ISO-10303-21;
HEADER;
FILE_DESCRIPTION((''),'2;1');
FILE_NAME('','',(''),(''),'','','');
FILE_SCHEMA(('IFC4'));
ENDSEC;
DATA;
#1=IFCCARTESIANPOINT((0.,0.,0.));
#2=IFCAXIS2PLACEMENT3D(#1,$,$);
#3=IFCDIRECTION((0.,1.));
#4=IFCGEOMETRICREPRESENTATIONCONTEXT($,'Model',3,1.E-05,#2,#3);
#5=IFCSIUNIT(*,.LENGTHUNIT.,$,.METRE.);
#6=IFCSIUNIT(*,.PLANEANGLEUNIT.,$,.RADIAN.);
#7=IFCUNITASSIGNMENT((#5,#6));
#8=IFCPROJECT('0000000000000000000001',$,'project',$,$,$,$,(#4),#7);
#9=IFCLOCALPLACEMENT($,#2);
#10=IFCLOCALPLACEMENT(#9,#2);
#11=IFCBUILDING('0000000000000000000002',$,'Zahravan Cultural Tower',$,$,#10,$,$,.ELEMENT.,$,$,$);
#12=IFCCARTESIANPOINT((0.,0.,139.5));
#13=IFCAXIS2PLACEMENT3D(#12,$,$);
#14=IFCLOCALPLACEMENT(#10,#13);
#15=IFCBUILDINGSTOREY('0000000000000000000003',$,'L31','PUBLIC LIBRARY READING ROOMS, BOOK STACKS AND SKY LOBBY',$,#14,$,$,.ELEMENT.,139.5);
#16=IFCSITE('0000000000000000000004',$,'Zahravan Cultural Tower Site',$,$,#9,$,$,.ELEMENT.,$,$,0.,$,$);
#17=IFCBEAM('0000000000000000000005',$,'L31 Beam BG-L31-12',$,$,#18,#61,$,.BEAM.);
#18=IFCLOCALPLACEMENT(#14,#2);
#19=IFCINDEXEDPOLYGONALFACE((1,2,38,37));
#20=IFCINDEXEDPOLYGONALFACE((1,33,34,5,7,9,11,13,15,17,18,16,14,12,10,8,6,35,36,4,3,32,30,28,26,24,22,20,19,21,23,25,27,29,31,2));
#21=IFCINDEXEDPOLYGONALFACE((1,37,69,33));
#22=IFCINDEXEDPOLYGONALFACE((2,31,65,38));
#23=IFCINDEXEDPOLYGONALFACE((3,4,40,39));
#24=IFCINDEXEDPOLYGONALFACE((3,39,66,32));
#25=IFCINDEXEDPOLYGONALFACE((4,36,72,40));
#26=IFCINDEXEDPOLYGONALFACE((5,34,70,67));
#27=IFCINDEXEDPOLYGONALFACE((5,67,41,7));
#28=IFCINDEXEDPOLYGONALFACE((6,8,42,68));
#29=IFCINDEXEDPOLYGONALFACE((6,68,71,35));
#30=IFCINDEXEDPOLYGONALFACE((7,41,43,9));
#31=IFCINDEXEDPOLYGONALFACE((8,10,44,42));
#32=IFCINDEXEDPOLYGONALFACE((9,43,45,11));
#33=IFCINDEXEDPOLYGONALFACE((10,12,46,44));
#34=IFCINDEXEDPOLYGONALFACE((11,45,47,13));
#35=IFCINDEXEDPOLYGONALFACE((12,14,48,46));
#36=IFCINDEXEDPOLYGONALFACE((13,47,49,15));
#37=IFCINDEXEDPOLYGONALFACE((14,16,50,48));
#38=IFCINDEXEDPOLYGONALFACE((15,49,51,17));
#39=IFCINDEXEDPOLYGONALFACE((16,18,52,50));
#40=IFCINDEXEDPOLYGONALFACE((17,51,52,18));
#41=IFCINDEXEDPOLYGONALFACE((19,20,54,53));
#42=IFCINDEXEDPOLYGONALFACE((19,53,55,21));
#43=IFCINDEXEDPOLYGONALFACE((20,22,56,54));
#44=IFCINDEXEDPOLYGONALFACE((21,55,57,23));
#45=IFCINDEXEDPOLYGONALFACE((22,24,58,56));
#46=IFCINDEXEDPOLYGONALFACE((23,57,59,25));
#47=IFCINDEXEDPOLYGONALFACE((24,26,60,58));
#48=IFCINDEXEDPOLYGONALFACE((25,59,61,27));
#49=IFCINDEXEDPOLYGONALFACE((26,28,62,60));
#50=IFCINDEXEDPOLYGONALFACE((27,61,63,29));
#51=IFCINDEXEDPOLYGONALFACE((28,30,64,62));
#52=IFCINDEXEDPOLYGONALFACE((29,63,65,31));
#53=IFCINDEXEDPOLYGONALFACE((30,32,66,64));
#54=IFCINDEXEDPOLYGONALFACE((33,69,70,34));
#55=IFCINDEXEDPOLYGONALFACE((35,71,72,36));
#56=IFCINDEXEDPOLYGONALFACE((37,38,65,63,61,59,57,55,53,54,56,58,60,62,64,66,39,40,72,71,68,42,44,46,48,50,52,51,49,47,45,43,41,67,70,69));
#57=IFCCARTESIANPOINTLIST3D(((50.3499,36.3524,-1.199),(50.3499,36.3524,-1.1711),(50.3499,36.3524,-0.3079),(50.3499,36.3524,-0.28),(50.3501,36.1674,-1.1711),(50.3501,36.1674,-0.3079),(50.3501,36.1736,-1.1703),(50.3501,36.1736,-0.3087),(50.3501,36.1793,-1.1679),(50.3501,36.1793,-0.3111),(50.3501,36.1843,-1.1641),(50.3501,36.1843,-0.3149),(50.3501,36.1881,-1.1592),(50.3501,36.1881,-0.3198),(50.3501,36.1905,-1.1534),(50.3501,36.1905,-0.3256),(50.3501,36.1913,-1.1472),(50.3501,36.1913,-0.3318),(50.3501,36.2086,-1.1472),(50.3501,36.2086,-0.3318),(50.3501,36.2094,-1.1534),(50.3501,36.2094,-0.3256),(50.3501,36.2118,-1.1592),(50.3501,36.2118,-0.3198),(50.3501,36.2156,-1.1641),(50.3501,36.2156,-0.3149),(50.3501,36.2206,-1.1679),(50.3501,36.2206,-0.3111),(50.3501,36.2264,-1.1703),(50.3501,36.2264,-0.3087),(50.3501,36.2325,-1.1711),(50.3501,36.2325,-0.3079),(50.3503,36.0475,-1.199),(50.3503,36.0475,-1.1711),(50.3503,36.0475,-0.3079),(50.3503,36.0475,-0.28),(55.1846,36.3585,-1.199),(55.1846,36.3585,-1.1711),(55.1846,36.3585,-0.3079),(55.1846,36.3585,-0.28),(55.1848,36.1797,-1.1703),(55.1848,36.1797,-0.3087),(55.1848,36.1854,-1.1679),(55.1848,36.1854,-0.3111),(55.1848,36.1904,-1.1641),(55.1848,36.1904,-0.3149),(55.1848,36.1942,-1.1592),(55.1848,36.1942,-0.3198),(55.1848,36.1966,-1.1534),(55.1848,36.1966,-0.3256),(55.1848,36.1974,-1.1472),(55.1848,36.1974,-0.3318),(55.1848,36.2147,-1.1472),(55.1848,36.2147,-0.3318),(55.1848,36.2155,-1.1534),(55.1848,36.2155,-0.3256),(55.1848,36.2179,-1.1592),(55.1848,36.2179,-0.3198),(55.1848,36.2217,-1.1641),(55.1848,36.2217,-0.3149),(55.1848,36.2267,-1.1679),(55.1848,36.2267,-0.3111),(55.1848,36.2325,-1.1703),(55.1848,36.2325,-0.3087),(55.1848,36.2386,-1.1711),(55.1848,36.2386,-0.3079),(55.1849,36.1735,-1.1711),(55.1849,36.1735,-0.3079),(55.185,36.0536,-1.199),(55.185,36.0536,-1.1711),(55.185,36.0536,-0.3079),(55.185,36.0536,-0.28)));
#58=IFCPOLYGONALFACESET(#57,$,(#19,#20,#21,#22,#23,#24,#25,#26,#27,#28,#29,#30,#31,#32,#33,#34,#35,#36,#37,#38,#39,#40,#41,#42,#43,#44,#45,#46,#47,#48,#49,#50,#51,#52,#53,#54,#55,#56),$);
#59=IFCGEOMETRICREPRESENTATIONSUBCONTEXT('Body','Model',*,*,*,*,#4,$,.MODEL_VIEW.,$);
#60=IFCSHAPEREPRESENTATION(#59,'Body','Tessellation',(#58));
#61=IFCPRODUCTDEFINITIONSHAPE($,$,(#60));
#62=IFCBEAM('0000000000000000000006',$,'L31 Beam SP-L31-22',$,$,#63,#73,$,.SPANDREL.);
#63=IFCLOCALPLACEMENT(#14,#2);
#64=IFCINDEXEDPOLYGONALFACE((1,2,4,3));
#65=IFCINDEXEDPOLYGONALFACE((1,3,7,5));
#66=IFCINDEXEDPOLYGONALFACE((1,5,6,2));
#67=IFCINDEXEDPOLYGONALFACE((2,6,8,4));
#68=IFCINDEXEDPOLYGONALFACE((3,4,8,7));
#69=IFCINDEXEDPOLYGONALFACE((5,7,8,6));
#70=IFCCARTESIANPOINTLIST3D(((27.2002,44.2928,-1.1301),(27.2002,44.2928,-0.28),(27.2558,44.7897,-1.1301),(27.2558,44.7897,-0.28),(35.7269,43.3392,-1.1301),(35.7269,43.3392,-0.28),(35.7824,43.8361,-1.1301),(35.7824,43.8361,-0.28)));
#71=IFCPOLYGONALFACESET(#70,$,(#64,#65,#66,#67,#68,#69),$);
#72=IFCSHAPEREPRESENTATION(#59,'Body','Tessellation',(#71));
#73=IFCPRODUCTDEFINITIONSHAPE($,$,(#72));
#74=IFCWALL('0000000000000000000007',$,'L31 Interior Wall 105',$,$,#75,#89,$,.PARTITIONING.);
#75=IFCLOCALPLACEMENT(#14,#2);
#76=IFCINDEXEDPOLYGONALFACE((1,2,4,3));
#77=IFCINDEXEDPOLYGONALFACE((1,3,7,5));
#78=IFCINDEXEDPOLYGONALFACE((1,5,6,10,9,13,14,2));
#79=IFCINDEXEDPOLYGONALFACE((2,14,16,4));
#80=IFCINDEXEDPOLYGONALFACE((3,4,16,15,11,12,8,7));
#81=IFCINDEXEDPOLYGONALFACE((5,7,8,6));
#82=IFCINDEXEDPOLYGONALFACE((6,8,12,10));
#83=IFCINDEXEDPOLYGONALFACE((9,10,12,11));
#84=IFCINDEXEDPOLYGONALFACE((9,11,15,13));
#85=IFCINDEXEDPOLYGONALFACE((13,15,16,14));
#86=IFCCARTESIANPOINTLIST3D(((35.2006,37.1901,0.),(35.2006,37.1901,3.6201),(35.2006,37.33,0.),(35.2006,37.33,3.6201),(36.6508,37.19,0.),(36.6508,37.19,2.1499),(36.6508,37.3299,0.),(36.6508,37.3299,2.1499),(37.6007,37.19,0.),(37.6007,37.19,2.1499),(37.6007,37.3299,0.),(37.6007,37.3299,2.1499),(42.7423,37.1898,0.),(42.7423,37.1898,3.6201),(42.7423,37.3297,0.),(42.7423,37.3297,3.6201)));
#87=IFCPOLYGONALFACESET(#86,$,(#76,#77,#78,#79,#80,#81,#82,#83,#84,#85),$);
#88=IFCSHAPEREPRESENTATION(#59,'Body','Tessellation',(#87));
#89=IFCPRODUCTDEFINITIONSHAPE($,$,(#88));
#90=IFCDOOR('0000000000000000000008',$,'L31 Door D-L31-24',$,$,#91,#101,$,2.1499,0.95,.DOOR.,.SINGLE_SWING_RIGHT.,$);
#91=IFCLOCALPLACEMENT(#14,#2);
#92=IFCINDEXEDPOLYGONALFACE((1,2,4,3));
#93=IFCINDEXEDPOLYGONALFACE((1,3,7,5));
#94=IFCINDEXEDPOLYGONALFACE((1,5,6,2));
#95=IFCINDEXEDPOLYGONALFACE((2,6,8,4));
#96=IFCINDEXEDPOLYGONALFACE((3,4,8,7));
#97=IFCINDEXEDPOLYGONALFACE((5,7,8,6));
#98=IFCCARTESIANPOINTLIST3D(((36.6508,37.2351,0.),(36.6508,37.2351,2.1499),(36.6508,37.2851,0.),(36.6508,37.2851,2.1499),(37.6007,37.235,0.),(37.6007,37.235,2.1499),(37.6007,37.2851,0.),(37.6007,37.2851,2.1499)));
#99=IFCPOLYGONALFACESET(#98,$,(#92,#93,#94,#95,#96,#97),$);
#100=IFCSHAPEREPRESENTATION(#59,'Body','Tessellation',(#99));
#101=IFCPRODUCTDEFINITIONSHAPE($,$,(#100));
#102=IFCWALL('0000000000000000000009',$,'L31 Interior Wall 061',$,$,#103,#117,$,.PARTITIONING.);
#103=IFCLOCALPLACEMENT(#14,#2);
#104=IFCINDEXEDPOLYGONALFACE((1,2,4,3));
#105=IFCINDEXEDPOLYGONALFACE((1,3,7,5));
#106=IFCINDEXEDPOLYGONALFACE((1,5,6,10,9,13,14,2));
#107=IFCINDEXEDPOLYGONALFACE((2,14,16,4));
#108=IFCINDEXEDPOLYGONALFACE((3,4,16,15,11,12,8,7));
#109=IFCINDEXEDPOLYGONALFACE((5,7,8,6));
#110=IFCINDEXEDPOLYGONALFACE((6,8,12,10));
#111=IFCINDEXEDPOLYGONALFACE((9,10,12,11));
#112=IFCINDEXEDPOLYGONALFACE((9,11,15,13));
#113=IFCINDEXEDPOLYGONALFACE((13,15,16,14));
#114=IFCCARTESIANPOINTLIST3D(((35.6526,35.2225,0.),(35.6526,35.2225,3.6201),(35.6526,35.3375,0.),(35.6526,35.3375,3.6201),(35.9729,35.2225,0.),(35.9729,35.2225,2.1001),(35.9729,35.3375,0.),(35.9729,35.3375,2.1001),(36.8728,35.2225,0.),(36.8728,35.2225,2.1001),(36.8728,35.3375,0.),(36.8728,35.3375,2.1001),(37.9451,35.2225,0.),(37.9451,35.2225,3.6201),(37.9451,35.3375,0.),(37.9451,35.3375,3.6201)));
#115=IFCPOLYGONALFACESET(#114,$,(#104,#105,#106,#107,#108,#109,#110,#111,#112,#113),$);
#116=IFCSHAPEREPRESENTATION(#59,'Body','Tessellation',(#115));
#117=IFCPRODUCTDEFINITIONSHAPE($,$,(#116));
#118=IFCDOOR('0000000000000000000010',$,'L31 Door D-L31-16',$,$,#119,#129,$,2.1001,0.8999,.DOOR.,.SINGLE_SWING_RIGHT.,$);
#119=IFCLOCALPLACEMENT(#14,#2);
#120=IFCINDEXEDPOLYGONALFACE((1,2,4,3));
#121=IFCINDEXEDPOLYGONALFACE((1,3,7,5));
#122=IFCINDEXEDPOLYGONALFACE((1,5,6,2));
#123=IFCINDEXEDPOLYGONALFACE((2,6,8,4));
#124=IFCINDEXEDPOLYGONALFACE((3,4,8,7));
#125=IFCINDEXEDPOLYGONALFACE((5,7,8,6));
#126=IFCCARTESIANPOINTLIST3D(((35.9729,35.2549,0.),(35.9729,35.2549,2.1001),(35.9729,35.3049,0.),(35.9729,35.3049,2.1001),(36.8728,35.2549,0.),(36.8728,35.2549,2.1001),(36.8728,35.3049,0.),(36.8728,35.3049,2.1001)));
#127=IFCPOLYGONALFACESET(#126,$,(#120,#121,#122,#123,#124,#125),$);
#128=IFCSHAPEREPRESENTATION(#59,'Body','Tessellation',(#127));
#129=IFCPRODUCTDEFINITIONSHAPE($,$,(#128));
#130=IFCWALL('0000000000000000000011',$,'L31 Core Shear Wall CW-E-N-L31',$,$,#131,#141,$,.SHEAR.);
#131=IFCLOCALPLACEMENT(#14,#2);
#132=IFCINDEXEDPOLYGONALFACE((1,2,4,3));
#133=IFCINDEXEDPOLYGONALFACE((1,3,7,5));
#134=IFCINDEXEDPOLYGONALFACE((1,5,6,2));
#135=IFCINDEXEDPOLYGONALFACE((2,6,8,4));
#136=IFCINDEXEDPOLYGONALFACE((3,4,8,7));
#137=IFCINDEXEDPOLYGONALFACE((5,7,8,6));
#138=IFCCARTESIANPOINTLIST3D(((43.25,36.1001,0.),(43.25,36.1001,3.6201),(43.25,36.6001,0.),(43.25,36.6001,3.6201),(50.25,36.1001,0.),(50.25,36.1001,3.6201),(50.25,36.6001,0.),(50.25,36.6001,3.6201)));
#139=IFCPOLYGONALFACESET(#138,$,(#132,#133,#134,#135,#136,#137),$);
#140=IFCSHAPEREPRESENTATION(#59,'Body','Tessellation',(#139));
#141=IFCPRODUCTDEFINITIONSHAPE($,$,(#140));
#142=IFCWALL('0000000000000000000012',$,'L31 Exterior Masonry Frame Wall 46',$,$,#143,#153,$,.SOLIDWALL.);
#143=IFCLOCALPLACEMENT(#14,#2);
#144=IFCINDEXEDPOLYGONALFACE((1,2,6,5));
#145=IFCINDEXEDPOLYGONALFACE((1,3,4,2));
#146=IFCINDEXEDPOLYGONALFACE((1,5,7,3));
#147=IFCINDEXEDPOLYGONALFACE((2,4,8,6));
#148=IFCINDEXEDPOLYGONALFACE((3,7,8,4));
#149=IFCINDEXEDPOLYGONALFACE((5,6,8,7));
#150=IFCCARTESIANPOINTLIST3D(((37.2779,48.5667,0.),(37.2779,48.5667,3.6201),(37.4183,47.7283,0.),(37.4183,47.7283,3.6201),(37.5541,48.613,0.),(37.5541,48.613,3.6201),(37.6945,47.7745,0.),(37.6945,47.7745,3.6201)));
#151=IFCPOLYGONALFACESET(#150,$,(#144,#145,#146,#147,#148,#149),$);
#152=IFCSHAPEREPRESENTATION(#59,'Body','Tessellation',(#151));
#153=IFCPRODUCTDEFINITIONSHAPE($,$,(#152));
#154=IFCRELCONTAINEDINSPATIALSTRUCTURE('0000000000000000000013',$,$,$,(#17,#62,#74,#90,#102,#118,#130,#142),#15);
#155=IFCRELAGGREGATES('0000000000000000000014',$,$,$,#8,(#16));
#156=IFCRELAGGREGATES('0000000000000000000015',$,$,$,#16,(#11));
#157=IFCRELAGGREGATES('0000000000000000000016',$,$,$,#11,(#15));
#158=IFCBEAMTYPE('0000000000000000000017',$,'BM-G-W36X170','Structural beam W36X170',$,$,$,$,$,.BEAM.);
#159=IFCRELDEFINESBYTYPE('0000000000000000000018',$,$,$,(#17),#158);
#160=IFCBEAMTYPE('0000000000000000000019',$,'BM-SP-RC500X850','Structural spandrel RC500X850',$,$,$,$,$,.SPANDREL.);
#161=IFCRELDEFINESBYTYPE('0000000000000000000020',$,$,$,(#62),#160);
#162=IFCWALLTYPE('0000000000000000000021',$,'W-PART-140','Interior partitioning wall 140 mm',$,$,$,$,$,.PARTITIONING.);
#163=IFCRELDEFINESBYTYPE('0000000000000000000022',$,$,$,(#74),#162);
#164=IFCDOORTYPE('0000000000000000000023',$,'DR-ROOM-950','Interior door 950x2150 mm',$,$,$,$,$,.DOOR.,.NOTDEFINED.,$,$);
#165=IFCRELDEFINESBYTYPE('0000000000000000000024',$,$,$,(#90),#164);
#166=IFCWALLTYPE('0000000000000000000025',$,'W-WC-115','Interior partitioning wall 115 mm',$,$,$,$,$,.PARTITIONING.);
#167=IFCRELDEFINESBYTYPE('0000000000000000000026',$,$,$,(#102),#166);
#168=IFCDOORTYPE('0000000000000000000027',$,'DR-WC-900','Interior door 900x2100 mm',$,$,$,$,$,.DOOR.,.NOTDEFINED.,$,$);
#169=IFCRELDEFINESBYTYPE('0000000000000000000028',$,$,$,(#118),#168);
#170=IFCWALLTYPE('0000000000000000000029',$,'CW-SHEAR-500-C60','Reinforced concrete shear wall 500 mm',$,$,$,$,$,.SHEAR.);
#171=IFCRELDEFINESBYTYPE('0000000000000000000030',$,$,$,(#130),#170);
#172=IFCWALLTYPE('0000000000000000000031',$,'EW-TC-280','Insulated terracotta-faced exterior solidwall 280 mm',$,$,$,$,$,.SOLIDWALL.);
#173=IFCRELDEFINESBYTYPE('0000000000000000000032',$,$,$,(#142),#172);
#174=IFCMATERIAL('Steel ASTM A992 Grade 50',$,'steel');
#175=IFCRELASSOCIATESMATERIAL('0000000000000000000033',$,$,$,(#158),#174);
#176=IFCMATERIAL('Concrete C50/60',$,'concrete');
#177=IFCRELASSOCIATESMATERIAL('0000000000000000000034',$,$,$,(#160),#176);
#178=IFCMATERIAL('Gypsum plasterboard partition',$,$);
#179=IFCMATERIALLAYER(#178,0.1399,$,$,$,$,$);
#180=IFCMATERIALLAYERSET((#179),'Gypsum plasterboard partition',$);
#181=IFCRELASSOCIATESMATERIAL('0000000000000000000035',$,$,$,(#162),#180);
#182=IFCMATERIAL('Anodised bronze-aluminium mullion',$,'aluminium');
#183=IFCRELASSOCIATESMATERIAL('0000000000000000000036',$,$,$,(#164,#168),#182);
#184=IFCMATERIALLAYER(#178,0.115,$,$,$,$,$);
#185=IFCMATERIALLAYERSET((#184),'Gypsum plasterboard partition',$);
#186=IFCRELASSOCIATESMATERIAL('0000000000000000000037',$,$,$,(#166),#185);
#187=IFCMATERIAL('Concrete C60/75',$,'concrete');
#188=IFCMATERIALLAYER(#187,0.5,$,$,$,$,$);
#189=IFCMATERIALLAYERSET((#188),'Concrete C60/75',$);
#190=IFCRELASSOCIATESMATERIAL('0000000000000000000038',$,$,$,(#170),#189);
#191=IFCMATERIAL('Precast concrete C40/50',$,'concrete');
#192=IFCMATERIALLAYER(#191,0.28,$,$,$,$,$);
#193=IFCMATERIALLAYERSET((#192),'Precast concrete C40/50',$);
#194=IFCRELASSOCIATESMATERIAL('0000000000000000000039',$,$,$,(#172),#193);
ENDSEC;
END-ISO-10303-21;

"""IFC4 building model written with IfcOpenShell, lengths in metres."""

from ifc_helpers import new_model, si_unit, direction, frame, frame_2d, origin, origin_2d, place, context, subcontext, project, spatial, rectangle, i_section, extrude, source, transform, mapped, material, layer, layer_set, material_profile, profile_set, type_object, element, fill, save


model = new_model("IFC4")

# Units and contexts
model_context = context("Model", 3, precision=1e-05, world=origin(), true_north=direction((0.0, 1.0)))
body_context = subcontext(model_context, "Body", "Model", "MODEL_VIEW")
ifc_project = project(units=[si_unit("LENGTHUNIT", "METRE"), si_unit("PLANEANGLEUNIT", "RADIAN")], contexts=[model_context])

# Site, building, storey
site_placement = place(None, origin())
site = spatial("IfcSite", under=ifc_project, at=site_placement, Name="Zahravan Cultural Tower Site", CompositionType="ELEMENT", RefElevation=0.0)
building_placement = place(site_placement, origin())
building = spatial("IfcBuilding", under=site, at=building_placement, Name="Zahravan Cultural Tower", CompositionType="ELEMENT")
storey_placement = place(building_placement, frame((0.0, 0.0, 139.5)))
storey = spatial("IfcBuildingStorey", under=building, at=storey_placement, Name="L31", Description="PUBLIC LIBRARY READING ROOMS, BOOK STACKS AND SKY LOBBY", CompositionType="ELEMENT", Elevation=139.5)

# Shared definitions
ifc_material_1 = material(Name="Concrete C50/60", Category="concrete")
ifc_material_2 = material(Name="Steel ASTM A992 Grade 50", Category="steel")

# Beams
ifc_material_profile_1 = material_profile(ifc_material_2, i_section(OverallWidth=0.3049, OverallDepth=0.9189, WebThickness=0.0173, FlangeThickness=0.0278, FilletRadius=0.0239, at=origin_2d()), Name="W36X170")
ifc_profile_set_1 = profile_set([ifc_material_profile_1], Name="Steel ASTM A992 Grade 50")
beam_type_1 = type_object("IfcBeamType", Name="BM-G-W36X170", Description="Structural beam W36X170", PredefinedType="BEAM", material=ifc_profile_set_1)
shared_shape_1 = source(origin(), body_context, "Body", "SweptSolid", [
    extrude(i_section(OverallWidth=0.3049, OverallDepth=0.9189, WebThickness=0.0173, FlangeThickness=0.0278, FilletRadius=0.0239, at=origin_2d()), origin(), (0.0, 0.0, 1.0), 4.8347),
])
beam_1_placement = place(storey_placement, frame((50.3501, 36.2, -0.7395), z_axis=(0.999999, 0.001262, 0.0), x_axis=(-0.001262, 0.999999, 0.0)))
element("IfcBeam", 1, at=beam_1_placement, inside=storey, type_object=beam_type_1, Name="L31 Beam BG-L31-12", PredefinedType="BEAM", context=body_context, shape_type="MappedRepresentation", body=[
    mapped(shared_shape_1, transform((0.0, 0.0, 0.0), x_axis=(1.0, 0.0, 0.0), y_axis=(0.0, 1.0, 0.0), z_axis=(0.0, 0.0, 1.0), scale=1.0)),
])
ifc_material_profile_2 = material_profile(ifc_material_1, rectangle(XDim=0.5, YDim=0.8501, at=origin_2d()), Name="RC500X850")
ifc_profile_set_2 = profile_set([ifc_material_profile_2], Name="Concrete C50/60")
beam_type_2 = type_object("IfcBeamType", Name="BM-SP-RC500X850", Description="Structural spandrel RC500X850", PredefinedType="SPANDREL", material=ifc_profile_set_2)
shared_shape_2 = source(origin(), body_context, "Body", "SweptSolid", [
    extrude(rectangle(XDim=0.5, YDim=0.8501, at=origin_2d()), origin(), (0.0, 0.0, 1.0), 8.5798),
])
beam_2_placement = place(storey_placement, frame((35.7546, 43.5876, -0.7051), z_axis=(-0.993804, 0.111147, 0.0), x_axis=(-0.111147, -0.993804, 0.0)))
element("IfcBeam", 2, at=beam_2_placement, inside=storey, type_object=beam_type_2, Name="L31 Beam SP-L31-22", PredefinedType="SPANDREL", context=body_context, shape_type="MappedRepresentation", body=[
    mapped(shared_shape_2, transform((0.0, 0.0, 0.0), x_axis=(1.0, 0.0, 0.0), y_axis=(0.0, 1.0, 0.0), z_axis=(0.0, 0.0, 1.0), scale=1.0)),
])

# Walls, openings, doors
ifc_material_3 = material(Name="Gypsum plasterboard partition")
ifc_layer_1 = layer(ifc_material_3, 0.1399)
ifc_layer_set_1 = layer_set([ifc_layer_1], Name="Gypsum plasterboard partition")
wall_type_1 = type_object("IfcWallType", Name="W-PART-140", Description="Interior partitioning wall 140 mm", PredefinedType="PARTITIONING", material=ifc_layer_set_1)
wall_1_placement = place(storey_placement, frame((42.7424, 37.2598, 0.0), z_axis=(0.0, 0.0, 1.0), x_axis=(-1.0, 0.000032, 0.0)))
wall_1 = element("IfcWall", 3, at=wall_1_placement, inside=storey, type_object=wall_type_1, Name="L31 Interior Wall 105", PredefinedType="PARTITIONING", context=body_context, shape_type="SweptSolid", body=[
    extrude(rectangle(XDim=7.5417, YDim=0.1399, at=frame_2d((3.771, 0.0))), origin(), (0.0, 0.0, 1.0), 3.6201),
])
opening_1_placement = place(wall_1_placement, frame((5.1416, 0.0, 0.0)))
opening_1 = element("IfcOpeningElement", 4, at=opening_1_placement, cuts=wall_1, PredefinedType="OPENING", context=body_context, shape_type="SweptSolid", body=[
    extrude(rectangle(XDim=0.95, YDim=2.1499, at=frame_2d((0.4751, 1.075))), frame((0.0, 0.0798, 0.0), z_axis=(0.0, -1.0, 0.0), x_axis=(1.0, 0.0, 0.0)), (0.0, 0.0, 1.0), 0.1599),
])
ifc_material_4 = material(Name="Anodised bronze-aluminium mullion", Category="aluminium")
door_type_1 = type_object("IfcDoorType", Name="DR-ROOM-950", Description="Interior door 950x2150 mm", OperationType="NOTDEFINED", PredefinedType="DOOR", material=ifc_material_4)
shared_shape_3 = source(origin(), body_context, "Body", "SweptSolid", [
    extrude(rectangle(XDim=0.95, YDim=2.1499, at=frame_2d((0.4751, 1.075))), frame((0.0, 0.0249, 0.0), z_axis=(0.0, -1.0, 0.0), x_axis=(1.0, 0.0, 0.0)), (0.0, 0.0, 1.0), 0.05),
])
door_1_placement = place(opening_1_placement, origin())
door_1 = element("IfcDoor", 5, at=door_1_placement, inside=storey, type_object=door_type_1, Name="L31 Door D-L31-24", OperationType="SINGLE_SWING_RIGHT", OverallHeight=2.1499, OverallWidth=0.95, PredefinedType="DOOR", context=body_context, shape_type="MappedRepresentation", body=[
    mapped(shared_shape_3, transform((0.0, 0.0, 0.0), x_axis=(1.0, 0.0, 0.0), y_axis=(0.0, 1.0, 0.0), z_axis=(0.0, 0.0, 1.0), scale=1.0)),
])
fill(opening_1, door_1)
ifc_layer_2 = layer(ifc_material_3, 0.115)
ifc_layer_set_2 = layer_set([ifc_layer_2], Name="Gypsum plasterboard partition")
wall_type_2 = type_object("IfcWallType", Name="W-WC-115", Description="Interior partitioning wall 115 mm", PredefinedType="PARTITIONING", material=ifc_layer_set_2)
wall_2_placement = place(storey_placement, frame((35.6526, 35.28, 0.0), z_axis=(0.0, 0.0, 1.0), x_axis=(1.0, 0.0, 0.0)))
wall_2 = element("IfcWall", 6, at=wall_2_placement, inside=storey, type_object=wall_type_2, Name="L31 Interior Wall 061", PredefinedType="PARTITIONING", context=body_context, shape_type="SweptSolid", body=[
    extrude(rectangle(XDim=2.2925, YDim=0.115, at=frame_2d((1.1462, 0.0))), origin(), (0.0, 0.0, 1.0), 3.6201),
])
opening_2_placement = place(wall_2_placement, frame((0.3203, 0.0, 0.0)))
opening_2 = element("IfcOpeningElement", 7, at=opening_2_placement, cuts=wall_2, PredefinedType="OPENING", context=body_context, shape_type="SweptSolid", body=[
    extrude(rectangle(XDim=0.8999, YDim=2.1001, at=frame_2d((0.45, 1.05))), frame((0.0, 0.0674, 0.0), z_axis=(0.0, -1.0, 0.0), x_axis=(1.0, 0.0, 0.0)), (0.0, 0.0, 1.0), 0.135),
])
door_type_2 = type_object("IfcDoorType", Name="DR-WC-900", Description="Interior door 900x2100 mm", OperationType="NOTDEFINED", PredefinedType="DOOR", material=ifc_material_4)
shared_shape_4 = source(origin(), body_context, "Body", "SweptSolid", [
    extrude(rectangle(XDim=0.8999, YDim=2.1001, at=frame_2d((0.45, 1.05))), frame((0.0, 0.0249, 0.0), z_axis=(0.0, -1.0, 0.0), x_axis=(1.0, 0.0, 0.0)), (0.0, 0.0, 1.0), 0.05),
])
door_2_placement = place(opening_2_placement, origin())
door_2 = element("IfcDoor", 8, at=door_2_placement, inside=storey, type_object=door_type_2, Name="L31 Door D-L31-16", OperationType="SINGLE_SWING_RIGHT", OverallHeight=2.1001, OverallWidth=0.8999, PredefinedType="DOOR", context=body_context, shape_type="MappedRepresentation", body=[
    mapped(shared_shape_4, transform((0.0, 0.0, 0.0), x_axis=(1.0, 0.0, 0.0), y_axis=(0.0, 1.0, 0.0), z_axis=(0.0, 0.0, 1.0), scale=1.0)),
])
fill(opening_2, door_2)

# Walls
ifc_material_5 = material(Name="Concrete C60/75", Category="concrete")
ifc_layer_3 = layer(ifc_material_5, 0.5)
ifc_layer_set_3 = layer_set([ifc_layer_3], Name="Concrete C60/75")
wall_type_3 = type_object("IfcWallType", Name="CW-SHEAR-500-C60", Description="Reinforced concrete shear wall 500 mm", PredefinedType="SHEAR", material=ifc_layer_set_3)
shared_shape_5 = source(origin(), body_context, "Body", "SweptSolid", [
    extrude(rectangle(XDim=7.0, YDim=0.5, at=frame_2d((3.5, 0.0))), origin(), (0.0, 0.0, 1.0), 3.6201),
])
wall_3_placement = place(storey_placement, frame((43.25, 36.3501, 0.0), z_axis=(0.0, 0.0, 1.0), x_axis=(1.0, 0.0, 0.0)))
element("IfcWall", 9, at=wall_3_placement, inside=storey, type_object=wall_type_3, Name="L31 Core Shear Wall CW-E-N-L31", PredefinedType="SHEAR", context=body_context, shape_type="MappedRepresentation", body=[
    mapped(shared_shape_5, transform((0.0, 0.0, 0.0), x_axis=(1.0, 0.0, 0.0), y_axis=(0.0, 1.0, 0.0), z_axis=(0.0, 0.0, 1.0), scale=1.0)),
])
ifc_material_6 = material(Name="Precast concrete C40/50", Category="concrete")
ifc_layer_4 = layer(ifc_material_6, 0.28)
ifc_layer_set_4 = layer_set([ifc_layer_4], Name="Precast concrete C40/50")
wall_type_4 = type_object("IfcWallType", Name="EW-TC-280", Description="Insulated terracotta-faced exterior solidwall 280 mm", PredefinedType="SOLIDWALL", material=ifc_layer_set_4)
shared_shape_6 = source(origin(), body_context, "Body", "SweptSolid", [
    extrude(rectangle(XDim=0.8501, YDim=0.28, at=frame_2d((0.425, 0.0))), origin(), (0.0, 0.0, 1.0), 3.6201),
])
for number, where, z_axis, x_axis, name in (
    (10, (37.416, 48.5898, 0.0), (0.0, 0.0, 1.0), (0.165144, -0.986269, 0.0), "L31 Exterior Masonry Frame Wall 46"),
):
    element("IfcWall", number, at=place(storey_placement, frame(where, z_axis=z_axis, x_axis=x_axis)), inside=storey, type_object=wall_type_4, Name=name, PredefinedType="SOLIDWALL", context=body_context, shape_type="MappedRepresentation", body=[
        mapped(shared_shape_6, transform((0.0, 0.0, 0.0), x_axis=(1.0, 0.0, 0.0), y_axis=(0.0, 1.0, 0.0), z_axis=(0.0, 0.0, 1.0), scale=1.0)),
    ])

save(model, "model.ifc")
